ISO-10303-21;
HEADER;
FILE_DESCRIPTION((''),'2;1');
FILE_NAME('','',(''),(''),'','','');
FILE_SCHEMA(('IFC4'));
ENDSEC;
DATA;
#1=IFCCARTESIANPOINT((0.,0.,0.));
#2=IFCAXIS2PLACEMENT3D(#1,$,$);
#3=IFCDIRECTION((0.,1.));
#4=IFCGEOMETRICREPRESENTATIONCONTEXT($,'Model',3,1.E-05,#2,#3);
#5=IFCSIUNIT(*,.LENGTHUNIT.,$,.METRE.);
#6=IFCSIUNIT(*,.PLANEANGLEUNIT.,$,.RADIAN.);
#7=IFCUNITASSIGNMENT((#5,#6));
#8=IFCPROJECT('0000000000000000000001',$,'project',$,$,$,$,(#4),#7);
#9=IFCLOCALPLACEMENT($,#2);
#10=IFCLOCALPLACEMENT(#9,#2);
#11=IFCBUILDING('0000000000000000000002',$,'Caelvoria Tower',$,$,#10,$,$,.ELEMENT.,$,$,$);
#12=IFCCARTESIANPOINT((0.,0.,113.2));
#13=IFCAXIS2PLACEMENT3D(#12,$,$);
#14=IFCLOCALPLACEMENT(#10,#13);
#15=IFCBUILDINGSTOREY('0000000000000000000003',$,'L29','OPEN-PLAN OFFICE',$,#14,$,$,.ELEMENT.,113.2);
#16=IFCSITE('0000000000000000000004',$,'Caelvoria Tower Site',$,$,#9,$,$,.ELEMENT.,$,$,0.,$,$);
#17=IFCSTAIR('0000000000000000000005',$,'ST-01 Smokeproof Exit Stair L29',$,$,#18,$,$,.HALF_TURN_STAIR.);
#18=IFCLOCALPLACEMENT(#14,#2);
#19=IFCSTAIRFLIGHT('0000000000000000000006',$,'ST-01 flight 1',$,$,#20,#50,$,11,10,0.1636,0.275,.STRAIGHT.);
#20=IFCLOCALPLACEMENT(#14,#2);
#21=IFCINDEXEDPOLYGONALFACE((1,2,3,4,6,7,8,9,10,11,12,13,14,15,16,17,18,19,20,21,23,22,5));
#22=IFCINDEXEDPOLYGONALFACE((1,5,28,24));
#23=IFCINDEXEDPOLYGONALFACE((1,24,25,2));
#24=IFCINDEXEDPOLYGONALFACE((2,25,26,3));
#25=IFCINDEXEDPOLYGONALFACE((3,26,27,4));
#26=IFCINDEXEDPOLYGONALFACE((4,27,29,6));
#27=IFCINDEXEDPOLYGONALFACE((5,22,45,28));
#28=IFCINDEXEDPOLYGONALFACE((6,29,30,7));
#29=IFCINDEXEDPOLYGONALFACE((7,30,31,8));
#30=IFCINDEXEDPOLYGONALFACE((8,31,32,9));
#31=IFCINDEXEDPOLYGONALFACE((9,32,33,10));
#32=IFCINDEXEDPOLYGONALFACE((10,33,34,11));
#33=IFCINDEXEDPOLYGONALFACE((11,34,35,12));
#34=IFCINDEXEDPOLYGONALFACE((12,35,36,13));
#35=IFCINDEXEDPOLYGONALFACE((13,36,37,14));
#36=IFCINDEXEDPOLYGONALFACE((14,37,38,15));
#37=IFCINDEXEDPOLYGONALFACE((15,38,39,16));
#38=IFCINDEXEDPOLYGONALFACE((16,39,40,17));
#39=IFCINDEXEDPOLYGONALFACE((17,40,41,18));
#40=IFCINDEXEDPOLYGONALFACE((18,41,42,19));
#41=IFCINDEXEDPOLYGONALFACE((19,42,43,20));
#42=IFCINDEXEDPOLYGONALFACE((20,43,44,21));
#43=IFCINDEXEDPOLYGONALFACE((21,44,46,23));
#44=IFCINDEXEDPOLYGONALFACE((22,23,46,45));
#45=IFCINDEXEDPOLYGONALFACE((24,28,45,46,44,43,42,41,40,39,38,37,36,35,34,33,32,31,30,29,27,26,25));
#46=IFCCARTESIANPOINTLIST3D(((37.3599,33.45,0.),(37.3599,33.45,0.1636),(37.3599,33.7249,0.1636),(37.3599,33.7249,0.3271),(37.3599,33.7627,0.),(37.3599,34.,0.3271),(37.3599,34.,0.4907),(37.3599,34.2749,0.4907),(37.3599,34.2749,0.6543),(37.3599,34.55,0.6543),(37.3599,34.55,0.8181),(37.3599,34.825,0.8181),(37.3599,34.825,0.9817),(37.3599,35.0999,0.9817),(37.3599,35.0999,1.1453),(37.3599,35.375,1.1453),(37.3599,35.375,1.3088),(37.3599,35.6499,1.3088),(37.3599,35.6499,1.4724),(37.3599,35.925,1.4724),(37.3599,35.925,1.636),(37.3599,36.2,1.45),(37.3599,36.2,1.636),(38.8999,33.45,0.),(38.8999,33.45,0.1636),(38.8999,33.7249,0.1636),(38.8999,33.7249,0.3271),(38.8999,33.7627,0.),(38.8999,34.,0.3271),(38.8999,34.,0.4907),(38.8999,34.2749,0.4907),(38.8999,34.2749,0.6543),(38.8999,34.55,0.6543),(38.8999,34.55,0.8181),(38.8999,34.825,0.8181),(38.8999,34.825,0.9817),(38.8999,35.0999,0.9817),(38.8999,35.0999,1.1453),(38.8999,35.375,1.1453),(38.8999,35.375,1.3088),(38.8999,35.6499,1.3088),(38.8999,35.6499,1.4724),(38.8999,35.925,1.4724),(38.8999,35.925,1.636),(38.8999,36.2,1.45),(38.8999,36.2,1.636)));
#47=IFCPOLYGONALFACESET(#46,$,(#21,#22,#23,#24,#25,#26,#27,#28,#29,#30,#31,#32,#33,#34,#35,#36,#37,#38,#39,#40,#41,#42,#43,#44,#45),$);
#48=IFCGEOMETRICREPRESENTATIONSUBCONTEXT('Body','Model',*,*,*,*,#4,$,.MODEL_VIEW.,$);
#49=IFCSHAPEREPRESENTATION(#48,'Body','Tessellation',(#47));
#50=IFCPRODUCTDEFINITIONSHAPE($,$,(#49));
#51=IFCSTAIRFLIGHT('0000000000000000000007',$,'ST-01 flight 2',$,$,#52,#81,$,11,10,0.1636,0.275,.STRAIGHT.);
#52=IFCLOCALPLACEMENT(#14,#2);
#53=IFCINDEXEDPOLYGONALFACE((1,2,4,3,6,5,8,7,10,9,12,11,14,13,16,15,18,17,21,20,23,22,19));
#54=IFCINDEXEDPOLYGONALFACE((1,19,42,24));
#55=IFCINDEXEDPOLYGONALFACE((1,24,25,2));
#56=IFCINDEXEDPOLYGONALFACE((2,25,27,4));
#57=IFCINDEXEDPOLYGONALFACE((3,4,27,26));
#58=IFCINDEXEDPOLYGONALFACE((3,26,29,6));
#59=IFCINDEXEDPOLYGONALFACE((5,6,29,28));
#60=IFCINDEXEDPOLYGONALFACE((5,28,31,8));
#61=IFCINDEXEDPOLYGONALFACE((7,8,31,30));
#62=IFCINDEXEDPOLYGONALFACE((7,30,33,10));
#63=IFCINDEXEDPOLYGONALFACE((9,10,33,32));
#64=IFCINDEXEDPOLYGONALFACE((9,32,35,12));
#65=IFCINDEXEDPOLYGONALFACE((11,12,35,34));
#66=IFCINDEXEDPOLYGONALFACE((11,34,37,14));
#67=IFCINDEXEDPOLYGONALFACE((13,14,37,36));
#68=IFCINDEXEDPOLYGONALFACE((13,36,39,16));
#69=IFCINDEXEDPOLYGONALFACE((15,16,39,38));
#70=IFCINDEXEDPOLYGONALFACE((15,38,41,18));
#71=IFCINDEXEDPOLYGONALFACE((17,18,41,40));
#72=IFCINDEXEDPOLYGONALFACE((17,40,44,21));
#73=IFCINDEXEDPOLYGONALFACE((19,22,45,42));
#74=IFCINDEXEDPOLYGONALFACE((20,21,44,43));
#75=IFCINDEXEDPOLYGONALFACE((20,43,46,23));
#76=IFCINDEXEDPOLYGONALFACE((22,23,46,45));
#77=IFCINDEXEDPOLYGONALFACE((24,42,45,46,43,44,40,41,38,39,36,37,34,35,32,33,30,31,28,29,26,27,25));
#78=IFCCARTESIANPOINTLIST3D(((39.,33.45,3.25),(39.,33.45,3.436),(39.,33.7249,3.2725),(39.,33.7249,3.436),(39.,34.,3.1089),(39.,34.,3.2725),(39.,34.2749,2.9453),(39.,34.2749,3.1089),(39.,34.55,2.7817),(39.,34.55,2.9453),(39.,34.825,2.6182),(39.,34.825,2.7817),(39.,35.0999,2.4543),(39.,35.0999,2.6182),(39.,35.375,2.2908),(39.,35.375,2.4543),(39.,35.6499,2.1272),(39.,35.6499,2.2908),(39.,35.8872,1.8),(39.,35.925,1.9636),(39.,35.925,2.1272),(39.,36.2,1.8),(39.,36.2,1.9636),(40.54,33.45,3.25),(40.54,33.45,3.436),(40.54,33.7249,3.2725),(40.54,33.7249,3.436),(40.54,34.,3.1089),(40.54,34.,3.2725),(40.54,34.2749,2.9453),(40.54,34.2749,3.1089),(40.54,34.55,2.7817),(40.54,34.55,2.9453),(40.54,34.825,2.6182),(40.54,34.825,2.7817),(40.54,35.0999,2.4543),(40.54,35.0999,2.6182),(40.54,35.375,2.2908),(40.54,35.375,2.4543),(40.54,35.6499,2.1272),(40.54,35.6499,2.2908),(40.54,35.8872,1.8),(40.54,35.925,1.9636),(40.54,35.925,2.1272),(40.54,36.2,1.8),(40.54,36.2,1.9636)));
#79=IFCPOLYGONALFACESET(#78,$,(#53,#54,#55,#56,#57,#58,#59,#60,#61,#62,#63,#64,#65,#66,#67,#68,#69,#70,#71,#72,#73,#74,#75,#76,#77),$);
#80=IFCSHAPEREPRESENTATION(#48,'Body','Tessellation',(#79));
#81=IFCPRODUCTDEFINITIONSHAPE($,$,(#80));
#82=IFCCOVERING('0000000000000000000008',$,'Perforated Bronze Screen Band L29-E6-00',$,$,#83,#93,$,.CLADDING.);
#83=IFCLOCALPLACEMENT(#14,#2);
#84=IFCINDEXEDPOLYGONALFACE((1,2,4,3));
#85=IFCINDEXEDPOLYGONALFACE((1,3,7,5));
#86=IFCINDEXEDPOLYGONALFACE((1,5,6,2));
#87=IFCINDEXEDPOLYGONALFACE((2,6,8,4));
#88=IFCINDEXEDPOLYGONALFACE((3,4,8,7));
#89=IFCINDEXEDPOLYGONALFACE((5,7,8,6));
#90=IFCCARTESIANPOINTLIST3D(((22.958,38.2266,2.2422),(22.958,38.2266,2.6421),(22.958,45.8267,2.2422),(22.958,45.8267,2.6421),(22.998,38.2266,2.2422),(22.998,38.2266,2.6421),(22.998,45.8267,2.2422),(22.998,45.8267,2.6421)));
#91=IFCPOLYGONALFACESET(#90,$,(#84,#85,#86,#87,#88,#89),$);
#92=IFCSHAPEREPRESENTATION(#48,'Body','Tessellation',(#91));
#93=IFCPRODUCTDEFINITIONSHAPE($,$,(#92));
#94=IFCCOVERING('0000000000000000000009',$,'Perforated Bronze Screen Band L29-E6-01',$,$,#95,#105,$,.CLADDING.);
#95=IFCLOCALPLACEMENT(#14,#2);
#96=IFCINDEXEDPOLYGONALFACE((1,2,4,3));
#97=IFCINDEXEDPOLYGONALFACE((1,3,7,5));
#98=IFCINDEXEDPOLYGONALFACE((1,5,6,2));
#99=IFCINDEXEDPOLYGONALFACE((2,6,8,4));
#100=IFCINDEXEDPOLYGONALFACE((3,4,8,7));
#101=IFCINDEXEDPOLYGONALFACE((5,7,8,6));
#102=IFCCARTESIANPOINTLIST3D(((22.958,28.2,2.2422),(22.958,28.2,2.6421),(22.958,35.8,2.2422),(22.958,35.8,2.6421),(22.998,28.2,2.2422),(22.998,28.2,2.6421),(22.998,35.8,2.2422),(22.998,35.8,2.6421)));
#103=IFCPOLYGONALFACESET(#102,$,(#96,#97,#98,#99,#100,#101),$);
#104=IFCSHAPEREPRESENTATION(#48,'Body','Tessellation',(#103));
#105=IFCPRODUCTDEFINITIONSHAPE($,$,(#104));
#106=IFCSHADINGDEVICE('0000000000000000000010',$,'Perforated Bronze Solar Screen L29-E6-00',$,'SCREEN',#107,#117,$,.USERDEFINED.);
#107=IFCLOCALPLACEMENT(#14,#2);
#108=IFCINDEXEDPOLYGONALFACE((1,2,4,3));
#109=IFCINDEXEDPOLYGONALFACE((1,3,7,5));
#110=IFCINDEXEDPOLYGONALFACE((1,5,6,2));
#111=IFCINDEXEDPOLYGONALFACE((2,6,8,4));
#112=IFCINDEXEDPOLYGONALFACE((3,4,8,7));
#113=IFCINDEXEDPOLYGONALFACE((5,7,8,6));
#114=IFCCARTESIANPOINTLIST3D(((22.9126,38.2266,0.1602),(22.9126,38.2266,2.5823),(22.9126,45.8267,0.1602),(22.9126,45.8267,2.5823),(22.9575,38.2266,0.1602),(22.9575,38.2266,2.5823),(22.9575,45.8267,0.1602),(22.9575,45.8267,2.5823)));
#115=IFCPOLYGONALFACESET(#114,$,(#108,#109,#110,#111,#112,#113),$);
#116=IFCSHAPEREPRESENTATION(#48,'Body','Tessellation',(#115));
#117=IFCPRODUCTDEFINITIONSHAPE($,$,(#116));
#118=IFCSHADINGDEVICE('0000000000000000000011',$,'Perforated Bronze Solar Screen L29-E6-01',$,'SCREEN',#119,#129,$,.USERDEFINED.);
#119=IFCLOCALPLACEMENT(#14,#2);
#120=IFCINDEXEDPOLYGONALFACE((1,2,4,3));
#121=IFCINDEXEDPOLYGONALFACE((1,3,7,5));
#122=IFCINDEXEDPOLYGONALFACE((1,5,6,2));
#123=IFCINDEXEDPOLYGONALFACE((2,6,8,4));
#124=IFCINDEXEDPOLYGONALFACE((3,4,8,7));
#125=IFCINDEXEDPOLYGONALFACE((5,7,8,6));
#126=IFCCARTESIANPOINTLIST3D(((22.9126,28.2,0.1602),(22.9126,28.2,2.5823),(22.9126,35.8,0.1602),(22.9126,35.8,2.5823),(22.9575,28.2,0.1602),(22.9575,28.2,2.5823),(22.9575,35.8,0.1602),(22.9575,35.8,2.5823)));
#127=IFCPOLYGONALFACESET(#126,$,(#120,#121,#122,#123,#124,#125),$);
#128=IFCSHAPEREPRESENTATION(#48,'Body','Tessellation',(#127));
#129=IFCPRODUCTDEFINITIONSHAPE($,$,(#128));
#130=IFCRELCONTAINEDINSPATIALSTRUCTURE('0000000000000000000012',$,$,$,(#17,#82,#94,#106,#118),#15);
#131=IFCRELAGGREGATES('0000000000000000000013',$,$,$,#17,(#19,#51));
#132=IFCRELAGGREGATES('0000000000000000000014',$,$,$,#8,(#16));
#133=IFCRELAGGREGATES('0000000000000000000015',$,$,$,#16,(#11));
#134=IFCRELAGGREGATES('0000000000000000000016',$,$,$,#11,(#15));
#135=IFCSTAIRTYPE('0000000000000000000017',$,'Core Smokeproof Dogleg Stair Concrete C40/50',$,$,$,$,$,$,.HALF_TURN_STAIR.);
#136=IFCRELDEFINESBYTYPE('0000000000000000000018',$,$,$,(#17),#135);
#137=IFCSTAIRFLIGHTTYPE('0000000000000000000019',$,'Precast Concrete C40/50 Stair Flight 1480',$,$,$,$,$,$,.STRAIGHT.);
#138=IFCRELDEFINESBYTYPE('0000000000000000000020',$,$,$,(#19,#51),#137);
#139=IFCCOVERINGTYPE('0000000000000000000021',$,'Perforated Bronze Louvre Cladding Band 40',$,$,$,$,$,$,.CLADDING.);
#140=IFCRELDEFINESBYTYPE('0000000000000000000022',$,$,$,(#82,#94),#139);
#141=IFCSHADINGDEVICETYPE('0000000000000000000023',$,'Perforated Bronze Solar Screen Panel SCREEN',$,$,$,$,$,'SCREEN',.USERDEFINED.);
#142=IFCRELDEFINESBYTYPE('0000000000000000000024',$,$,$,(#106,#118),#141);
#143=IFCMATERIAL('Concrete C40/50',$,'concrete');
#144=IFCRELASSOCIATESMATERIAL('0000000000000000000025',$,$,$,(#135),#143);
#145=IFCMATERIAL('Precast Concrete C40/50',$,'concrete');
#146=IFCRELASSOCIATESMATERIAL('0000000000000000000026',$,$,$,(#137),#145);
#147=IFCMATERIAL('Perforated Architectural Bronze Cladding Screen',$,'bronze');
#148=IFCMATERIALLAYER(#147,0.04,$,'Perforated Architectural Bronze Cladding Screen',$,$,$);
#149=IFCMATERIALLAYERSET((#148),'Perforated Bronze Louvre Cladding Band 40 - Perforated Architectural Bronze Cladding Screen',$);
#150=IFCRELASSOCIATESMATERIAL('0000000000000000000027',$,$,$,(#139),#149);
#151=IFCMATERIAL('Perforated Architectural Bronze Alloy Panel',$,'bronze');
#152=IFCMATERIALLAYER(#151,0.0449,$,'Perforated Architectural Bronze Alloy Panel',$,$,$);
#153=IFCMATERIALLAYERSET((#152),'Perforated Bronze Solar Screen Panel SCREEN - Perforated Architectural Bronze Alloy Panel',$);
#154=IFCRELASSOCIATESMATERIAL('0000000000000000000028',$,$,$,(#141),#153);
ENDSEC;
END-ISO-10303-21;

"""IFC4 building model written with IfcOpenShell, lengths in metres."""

from ifc_helpers import new_model, si_unit, direction, frame, origin, origin_2d, place, context, subcontext, project, spatial, polyline, rectangle, outline, extrude, material, layer, layer_set, type_object, element, aggregate, save


model = new_model("IFC4")

# Units and contexts
model_context = context("Model", 3, precision=1e-05, world=origin(), true_north=direction((0.0, 1.0)))
body_context = subcontext(model_context, "Body", "Model", "MODEL_VIEW")
ifc_project = project(units=[si_unit("LENGTHUNIT", "METRE"), si_unit("PLANEANGLEUNIT", "RADIAN")], contexts=[model_context])

# Site, building, storey
site_placement = place(None, origin())
site = spatial("IfcSite", under=ifc_project, at=site_placement, Name="Caelvoria Tower Site", CompositionType="ELEMENT", RefElevation=0.0)
building_placement = place(site_placement, origin())
building = spatial("IfcBuilding", under=site, at=building_placement, Name="Caelvoria Tower", CompositionType="ELEMENT")
storey_placement = place(building_placement, frame((0.0, 0.0, 113.2)))
storey = spatial("IfcBuildingStorey", under=building, at=storey_placement, Name="L29", Description="OPEN-PLAN OFFICE", CompositionType="ELEMENT", Elevation=113.2)

# Stair, stair flights
ifc_material_1 = material(Name="Concrete C40/50", Category="concrete")
stair_type = type_object("IfcStairType", Name="Core Smokeproof Dogleg Stair Concrete C40/50", PredefinedType="HALF_TURN_STAIR", material=ifc_material_1)
stair_placement = place(storey_placement, origin())
stair = element("IfcStair", 1, at=stair_placement, inside=storey, type_object=stair_type, Name="ST-01 Smokeproof Exit Stair L29", PredefinedType="HALF_TURN_STAIR")
ifc_material_2 = material(Name="Precast Concrete C40/50", Category="concrete")
stair_flight_type = type_object("IfcStairFlightType", Name="Precast Concrete C40/50 Stair Flight 1480", PredefinedType="STRAIGHT", material=ifc_material_2)
stair_flight_1_placement = place(storey_placement, frame((38.1299, 33.45, 0.0), z_axis=(0.0, 0.0, 1.0), x_axis=(0.0, 1.0, 0.0)))
stair_flight_1 = element("IfcStairFlight", 2, at=stair_flight_1_placement, type_object=stair_flight_type, Name="ST-01 flight 1", NumberOfRisers=11, NumberOfTreads=10, PredefinedType="STRAIGHT", RiserHeight=0.1636, TreadLength=0.275, context=body_context, shape_type="SweptSolid", body=[
    extrude(outline(polyline([(0.0, 0.0), (0.0, 0.1636), (0.2749, 0.1636), (0.2749, 0.3271), (0.55, 0.3271), (0.55, 0.4907), (0.825, 0.4907), (0.825, 0.6543), (1.1001, 0.6543), (1.1001, 0.8181), (1.375, 0.8181), (1.375, 0.9817), (1.6499, 0.9817), (1.6499, 1.1453), (1.925, 1.1453), (1.925, 1.3088), (2.2, 1.3088), (2.2, 1.4724), (2.4751, 1.4724), (2.4751, 1.636), (2.75, 1.636), (2.75, 1.7996), (2.75, 1.45), (0.3127, 0.0), (0.0, 0.0)])), frame((0.0, 0.77, 0.0), z_axis=(0.0, -1.0, 0.0), x_axis=(1.0, 0.0, 0.0)), (0.0, 0.0, 1.0), 1.54),
])
stair_flight_2_placement = place(storey_placement, frame((39.77, 36.2, 1.8), z_axis=(0.0, 0.0, 1.0), x_axis=(0.0, -1.0, 0.0)))
stair_flight_2 = element("IfcStairFlight", 3, at=stair_flight_2_placement, type_object=stair_flight_type, Name="ST-01 flight 2", NumberOfRisers=11, NumberOfTreads=10, PredefinedType="STRAIGHT", RiserHeight=0.1636, TreadLength=0.275, context=body_context, shape_type="SweptSolid", body=[
    extrude(outline(polyline([(0.0, 0.0), (0.0, 0.1636), (0.2749, 0.1636), (0.2749, 0.3271), (0.55, 0.3271), (0.55, 0.4907), (0.825, 0.4907), (0.825, 0.6543), (1.1001, 0.6543), (1.1001, 0.8181), (1.375, 0.8181), (1.375, 0.9817), (1.6499, 0.9817), (1.6499, 1.1453), (1.925, 1.1453), (1.925, 1.3088), (2.2, 1.3088), (2.2, 1.4724), (2.4751, 1.4724), (2.4751, 1.636), (2.75, 1.636), (2.75, 1.7996), (2.75, 1.45), (0.3127, 0.0), (0.0, 0.0)])), frame((0.0, 0.77, 0.0), z_axis=(0.0, -1.0, 0.0), x_axis=(1.0, 0.0, 0.0)), (0.0, 0.0, 1.0), 1.54),
])
aggregate(stair, [stair_flight_1, stair_flight_2])

# Coverings
ifc_material_3 = material(Name="Perforated Architectural Bronze Cladding Screen", Category="bronze")
ifc_layer_1 = layer(ifc_material_3, 0.04, Name="Perforated Architectural Bronze Cladding Screen")
ifc_layer_set_1 = layer_set([ifc_layer_1], Name="Perforated Bronze Louvre Cladding Band 40 - Perforated Architectural Bronze Cladding Screen")
covering_type = type_object("IfcCoveringType", Name="Perforated Bronze Louvre Cladding Band 40", PredefinedType="CLADDING", material=ifc_layer_set_1)
for number, where, z_axis, x_axis, name in (
    (4, (22.978, 42.0266, 2.2422), (0.0, 0.0, 1.0), (0.0, -1.0, 0.0), "Perforated Bronze Screen Band L29-E6-00"),
    (5, (22.978, 32.0, 2.2422), (0.0, 0.0, 1.0), (0.0, -1.0, 0.0), "Perforated Bronze Screen Band L29-E6-01"),
):
    element("IfcCovering", number, at=place(storey_placement, frame(where, z_axis=z_axis, x_axis=x_axis)), inside=storey, type_object=covering_type, Name=name, PredefinedType="CLADDING", context=body_context, shape_type="SweptSolid", body=[
        extrude(rectangle(XDim=7.6001, YDim=0.04, at=origin_2d()), origin(), (0.0, 0.0, 1.0), 0.3999),
    ])

# Shading devices
ifc_material_4 = material(Name="Perforated Architectural Bronze Alloy Panel", Category="bronze")
ifc_layer_2 = layer(ifc_material_4, 0.0449, Name="Perforated Architectural Bronze Alloy Panel")
ifc_layer_set_2 = layer_set([ifc_layer_2], Name="Perforated Bronze Solar Screen Panel SCREEN - Perforated Architectural Bronze Alloy Panel")
shading_device_type = type_object("IfcShadingDeviceType", Name="Perforated Bronze Solar Screen Panel SCREEN", ElementType="SCREEN", PredefinedType="USERDEFINED", material=ifc_layer_set_2)
for number, where, z_axis, x_axis, name in (
    (6, (22.9351, 42.0266, 0.1602), (0.0, 0.0, 1.0), (0.0, -1.0, 0.0), "Perforated Bronze Solar Screen L29-E6-00"),
    (7, (22.9351, 32.0, 0.1602), (0.0, 0.0, 1.0), (0.0, -1.0, 0.0), "Perforated Bronze Solar Screen L29-E6-01"),
):
    element("IfcShadingDevice", number, at=place(storey_placement, frame(where, z_axis=z_axis, x_axis=x_axis)), inside=storey, type_object=shading_device_type, Name=name, ObjectType="SCREEN", PredefinedType="USERDEFINED", context=body_context, shape_type="SweptSolid", body=[
        extrude(rectangle(XDim=7.6001, YDim=0.0449, at=origin_2d()), origin(), (0.0, 0.0, 1.0), 2.4221),
    ])

save(model, "model.ifc")
